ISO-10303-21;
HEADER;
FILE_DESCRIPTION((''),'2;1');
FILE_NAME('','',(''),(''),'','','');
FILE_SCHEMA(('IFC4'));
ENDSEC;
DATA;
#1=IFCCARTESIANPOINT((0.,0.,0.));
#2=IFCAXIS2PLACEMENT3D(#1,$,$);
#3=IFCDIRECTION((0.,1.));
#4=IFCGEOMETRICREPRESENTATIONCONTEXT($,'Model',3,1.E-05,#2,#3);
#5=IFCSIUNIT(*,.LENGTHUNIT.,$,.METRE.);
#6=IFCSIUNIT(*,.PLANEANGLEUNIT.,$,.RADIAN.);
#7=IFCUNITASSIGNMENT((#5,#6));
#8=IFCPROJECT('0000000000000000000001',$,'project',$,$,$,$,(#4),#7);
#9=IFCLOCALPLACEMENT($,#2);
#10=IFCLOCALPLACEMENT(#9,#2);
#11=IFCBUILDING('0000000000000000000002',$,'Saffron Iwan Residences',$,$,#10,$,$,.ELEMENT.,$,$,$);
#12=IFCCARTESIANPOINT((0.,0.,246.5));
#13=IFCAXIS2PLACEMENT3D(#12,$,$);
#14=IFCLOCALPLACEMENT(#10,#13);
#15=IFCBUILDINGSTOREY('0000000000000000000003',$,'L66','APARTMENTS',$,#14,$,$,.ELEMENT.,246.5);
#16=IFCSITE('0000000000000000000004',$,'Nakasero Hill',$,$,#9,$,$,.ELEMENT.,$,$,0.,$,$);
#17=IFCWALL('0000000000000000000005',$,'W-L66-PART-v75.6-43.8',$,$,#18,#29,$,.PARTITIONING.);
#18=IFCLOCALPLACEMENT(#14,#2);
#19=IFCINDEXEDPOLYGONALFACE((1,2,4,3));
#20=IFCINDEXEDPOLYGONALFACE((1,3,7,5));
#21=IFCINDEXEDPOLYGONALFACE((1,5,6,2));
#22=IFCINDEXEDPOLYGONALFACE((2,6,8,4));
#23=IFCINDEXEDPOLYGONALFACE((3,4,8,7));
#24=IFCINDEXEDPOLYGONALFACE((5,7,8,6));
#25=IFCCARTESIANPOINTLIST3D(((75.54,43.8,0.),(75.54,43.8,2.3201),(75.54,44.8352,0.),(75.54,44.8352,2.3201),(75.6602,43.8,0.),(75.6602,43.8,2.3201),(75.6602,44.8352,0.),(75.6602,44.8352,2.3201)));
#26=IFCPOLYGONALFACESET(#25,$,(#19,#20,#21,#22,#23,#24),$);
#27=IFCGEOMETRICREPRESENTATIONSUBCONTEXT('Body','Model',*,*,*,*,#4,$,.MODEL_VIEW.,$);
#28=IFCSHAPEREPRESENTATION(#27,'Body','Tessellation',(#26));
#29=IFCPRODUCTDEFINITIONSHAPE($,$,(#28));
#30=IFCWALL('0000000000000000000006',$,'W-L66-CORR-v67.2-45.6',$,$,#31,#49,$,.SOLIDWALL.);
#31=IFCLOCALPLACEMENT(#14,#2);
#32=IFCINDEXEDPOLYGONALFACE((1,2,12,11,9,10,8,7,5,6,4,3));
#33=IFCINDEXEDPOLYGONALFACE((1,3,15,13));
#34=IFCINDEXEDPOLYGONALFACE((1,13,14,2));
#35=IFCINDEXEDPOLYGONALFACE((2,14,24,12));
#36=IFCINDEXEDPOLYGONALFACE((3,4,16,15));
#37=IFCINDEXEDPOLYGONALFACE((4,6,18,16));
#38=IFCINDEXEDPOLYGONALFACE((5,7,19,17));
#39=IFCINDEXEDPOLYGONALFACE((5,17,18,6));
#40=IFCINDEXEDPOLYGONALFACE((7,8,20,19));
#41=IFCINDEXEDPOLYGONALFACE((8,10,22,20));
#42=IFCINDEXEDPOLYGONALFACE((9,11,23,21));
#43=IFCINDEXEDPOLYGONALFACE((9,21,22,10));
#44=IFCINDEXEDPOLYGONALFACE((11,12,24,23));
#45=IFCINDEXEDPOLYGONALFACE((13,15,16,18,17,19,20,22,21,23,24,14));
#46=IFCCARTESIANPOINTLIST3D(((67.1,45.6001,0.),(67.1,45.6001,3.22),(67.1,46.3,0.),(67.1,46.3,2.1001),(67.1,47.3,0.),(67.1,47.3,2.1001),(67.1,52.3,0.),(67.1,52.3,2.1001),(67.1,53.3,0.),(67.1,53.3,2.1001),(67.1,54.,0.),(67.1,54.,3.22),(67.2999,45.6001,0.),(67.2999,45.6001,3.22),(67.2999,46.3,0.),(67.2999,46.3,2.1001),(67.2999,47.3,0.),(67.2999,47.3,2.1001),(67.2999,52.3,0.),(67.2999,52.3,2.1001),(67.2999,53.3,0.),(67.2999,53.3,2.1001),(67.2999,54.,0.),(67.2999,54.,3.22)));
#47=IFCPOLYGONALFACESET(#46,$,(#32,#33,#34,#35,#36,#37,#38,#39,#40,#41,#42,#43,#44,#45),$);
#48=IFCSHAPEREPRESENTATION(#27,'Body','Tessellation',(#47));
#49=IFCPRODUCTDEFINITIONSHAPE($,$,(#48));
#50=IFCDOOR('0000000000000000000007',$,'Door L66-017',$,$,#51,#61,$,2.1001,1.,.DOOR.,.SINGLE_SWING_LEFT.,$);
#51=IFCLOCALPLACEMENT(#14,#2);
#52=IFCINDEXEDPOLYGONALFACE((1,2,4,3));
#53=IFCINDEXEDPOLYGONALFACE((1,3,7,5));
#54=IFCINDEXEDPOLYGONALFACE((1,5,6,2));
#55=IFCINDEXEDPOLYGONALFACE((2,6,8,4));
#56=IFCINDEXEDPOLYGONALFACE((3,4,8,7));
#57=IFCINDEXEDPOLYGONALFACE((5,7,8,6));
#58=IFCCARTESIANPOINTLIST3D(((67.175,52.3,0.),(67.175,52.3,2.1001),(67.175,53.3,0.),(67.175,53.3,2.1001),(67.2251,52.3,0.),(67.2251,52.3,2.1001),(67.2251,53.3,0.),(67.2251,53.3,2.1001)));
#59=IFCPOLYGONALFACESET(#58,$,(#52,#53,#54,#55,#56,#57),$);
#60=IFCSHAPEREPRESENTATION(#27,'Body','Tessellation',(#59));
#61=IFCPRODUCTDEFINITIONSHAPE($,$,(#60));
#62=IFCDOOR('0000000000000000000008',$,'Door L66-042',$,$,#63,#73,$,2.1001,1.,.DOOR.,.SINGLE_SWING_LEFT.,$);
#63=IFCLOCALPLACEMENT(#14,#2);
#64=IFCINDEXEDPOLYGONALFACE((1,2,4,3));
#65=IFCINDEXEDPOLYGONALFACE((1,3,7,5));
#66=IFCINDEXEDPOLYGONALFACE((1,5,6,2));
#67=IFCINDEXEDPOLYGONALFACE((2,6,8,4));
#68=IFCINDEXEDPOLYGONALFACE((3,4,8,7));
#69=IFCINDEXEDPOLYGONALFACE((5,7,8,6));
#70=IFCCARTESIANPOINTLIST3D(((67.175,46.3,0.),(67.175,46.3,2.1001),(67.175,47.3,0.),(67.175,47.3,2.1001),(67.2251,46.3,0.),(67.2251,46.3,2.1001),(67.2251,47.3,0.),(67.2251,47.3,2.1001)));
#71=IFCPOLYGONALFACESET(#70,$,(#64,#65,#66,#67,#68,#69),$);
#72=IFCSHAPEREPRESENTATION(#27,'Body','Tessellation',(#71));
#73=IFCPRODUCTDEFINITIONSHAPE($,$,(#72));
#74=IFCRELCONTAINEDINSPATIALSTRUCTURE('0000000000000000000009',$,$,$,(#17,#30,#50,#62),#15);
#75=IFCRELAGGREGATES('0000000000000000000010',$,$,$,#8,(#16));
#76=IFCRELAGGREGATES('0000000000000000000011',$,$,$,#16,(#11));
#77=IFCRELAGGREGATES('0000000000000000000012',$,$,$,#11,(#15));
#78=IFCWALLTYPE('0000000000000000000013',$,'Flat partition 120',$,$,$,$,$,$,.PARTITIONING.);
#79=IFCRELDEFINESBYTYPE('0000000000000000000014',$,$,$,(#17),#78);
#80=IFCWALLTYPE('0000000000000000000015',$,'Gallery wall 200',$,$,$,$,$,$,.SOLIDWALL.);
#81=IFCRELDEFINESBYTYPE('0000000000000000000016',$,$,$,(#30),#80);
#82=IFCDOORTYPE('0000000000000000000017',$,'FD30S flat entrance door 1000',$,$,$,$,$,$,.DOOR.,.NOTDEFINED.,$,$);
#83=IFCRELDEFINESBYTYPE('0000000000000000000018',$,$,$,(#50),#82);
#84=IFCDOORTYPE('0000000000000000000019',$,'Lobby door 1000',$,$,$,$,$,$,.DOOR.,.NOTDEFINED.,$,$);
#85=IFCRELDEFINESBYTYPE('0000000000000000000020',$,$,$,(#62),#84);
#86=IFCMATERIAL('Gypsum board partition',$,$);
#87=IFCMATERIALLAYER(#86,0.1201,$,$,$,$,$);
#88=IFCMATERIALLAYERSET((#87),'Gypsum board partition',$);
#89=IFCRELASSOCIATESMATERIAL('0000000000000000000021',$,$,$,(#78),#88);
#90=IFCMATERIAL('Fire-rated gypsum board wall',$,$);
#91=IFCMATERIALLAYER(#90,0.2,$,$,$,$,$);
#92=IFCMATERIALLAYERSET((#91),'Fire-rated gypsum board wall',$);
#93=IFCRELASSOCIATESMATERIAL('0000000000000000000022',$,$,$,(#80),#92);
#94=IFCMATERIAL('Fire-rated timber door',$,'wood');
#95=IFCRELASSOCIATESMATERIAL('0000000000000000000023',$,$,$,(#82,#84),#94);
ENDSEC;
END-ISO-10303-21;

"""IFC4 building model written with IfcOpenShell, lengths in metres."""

from ifc_helpers import new_model, si_unit, direction, frame, frame_2d, origin, place, context, subcontext, project, spatial, rectangle, extrude, material, layer, layer_set, type_object, element, fill, save


model = new_model("IFC4")

# Units and contexts
model_context = context("Model", 3, precision=1e-05, world=origin(), true_north=direction((0.0, 1.0)))
body_context = subcontext(model_context, "Body", "Model", "MODEL_VIEW")
ifc_project = project(units=[si_unit("LENGTHUNIT", "METRE"), si_unit("PLANEANGLEUNIT", "RADIAN")], contexts=[model_context])

# Site, building, storey
site_placement = place(None, origin())
site = spatial("IfcSite", under=ifc_project, at=site_placement, Name="Nakasero Hill", CompositionType="ELEMENT", RefElevation=0.0)
building_placement = place(site_placement, origin())
building = spatial("IfcBuilding", under=site, at=building_placement, Name="Saffron Iwan Residences", CompositionType="ELEMENT")
storey_placement = place(building_placement, frame((0.0, 0.0, 246.5)))
storey = spatial("IfcBuildingStorey", under=building, at=storey_placement, Name="L66", Description="APARTMENTS", CompositionType="ELEMENT", Elevation=246.5)

# Shared definitions
ifc_material_1 = material(Name="Fire-rated gypsum board wall")

# Shared definitions
ifc_material_2 = material(Name="Gypsum board partition")
ifc_layer_1 = layer(ifc_material_2, 0.1201)
ifc_layer_set_1 = layer_set([ifc_layer_1], Name="Gypsum board partition")
wall_type_1 = type_object("IfcWallType", Name="Flat partition 120", PredefinedType="PARTITIONING", material=ifc_layer_set_1)

# Wall
wall_1_placement = place(storey_placement, frame((75.6001, 43.8, 0.0), z_axis=(0.0, 0.0, 1.0), x_axis=(0.0, 1.0, 0.0)))
element("IfcWall", 1, at=wall_1_placement, inside=storey, type_object=wall_type_1, Name="W-L66-PART-v75.6-43.8", PredefinedType="PARTITIONING", context=body_context, shape_type="SweptSolid", body=[
    extrude(rectangle(XDim=1.0352, YDim=0.1201, at=frame_2d((0.5176, 0.0))), origin(), (0.0, 0.0, 1.0), 2.3201),
])

# Wall, openings, doors
ifc_layer_2 = layer(ifc_material_1, 0.2)
ifc_layer_set_2 = layer_set([ifc_layer_2], Name="Fire-rated gypsum board wall")
wall_type_2 = type_object("IfcWallType", Name="Gallery wall 200", PredefinedType="SOLIDWALL", material=ifc_layer_set_2)
wall_2_placement = place(storey_placement, frame((67.2, 45.6001, 0.0), z_axis=(0.0, 0.0, 1.0), x_axis=(0.0, 1.0, 0.0)))
wall_2 = element("IfcWall", 2, at=wall_2_placement, inside=storey, type_object=wall_type_2, Name="W-L66-CORR-v67.2-45.6", PredefinedType="SOLIDWALL", context=body_context, shape_type="SweptSolid", body=[
    extrude(rectangle(XDim=8.3999, YDim=0.2, at=frame_2d((4.2, 0.0))), origin(), (0.0, 0.0, 1.0), 3.22),
])
opening_1_placement = place(wall_2_placement, frame((6.7, 0.0, 0.0)))
opening_1 = element("IfcOpeningElement", 3, at=opening_1_placement, cuts=wall_2, PredefinedType="OPENING", context=body_context, shape_type="SweptSolid", body=[
    extrude(rectangle(XDim=1.0, YDim=2.1001, at=frame_2d((0.5, 1.05))), frame((0.0, 0.1099, 0.0), z_axis=(0.0, -1.0, 0.0), x_axis=(1.0, 0.0, 0.0)), (0.0, 0.0, 1.0), 0.22),
])
opening_2_placement = place(wall_2_placement, frame((0.7, 0.0, 0.0)))
opening_2 = element("IfcOpeningElement", 4, at=opening_2_placement, cuts=wall_2, PredefinedType="OPENING", context=body_context, shape_type="SweptSolid", body=[
    extrude(rectangle(XDim=1.0, YDim=2.1001, at=frame_2d((0.5, 1.05))), frame((0.0, 0.1099, 0.0), z_axis=(0.0, -1.0, 0.0), x_axis=(1.0, 0.0, 0.0)), (0.0, 0.0, 1.0), 0.22),
])
ifc_material_3 = material(Name="Fire-rated timber door", Category="wood")
door_type_1 = type_object("IfcDoorType", Name="FD30S flat entrance door 1000", OperationType="NOTDEFINED", PredefinedType="DOOR", material=ifc_material_3)
door_1_placement = place(opening_1_placement, origin())
door_1 = element("IfcDoor", 5, at=door_1_placement, inside=storey, type_object=door_type_1, Name="Door L66-017", OperationType="SINGLE_SWING_LEFT", OverallHeight=2.1001, OverallWidth=1.0, PredefinedType="DOOR", context=body_context, shape_type="SweptSolid", body=[
    extrude(rectangle(XDim=1.0, YDim=2.1001, at=frame_2d((0.5, 1.05))), frame((0.0, 0.0249, 0.0), z_axis=(0.0, -1.0, 0.0), x_axis=(1.0, 0.0, 0.0)), (0.0, 0.0, 1.0), 0.05),
])
fill(opening_1, door_1)
door_type_2 = type_object("IfcDoorType", Name="Lobby door 1000", OperationType="NOTDEFINED", PredefinedType="DOOR", material=ifc_material_3)
door_2_placement = place(opening_2_placement, origin())
door_2 = element("IfcDoor", 6, at=door_2_placement, inside=storey, type_object=door_type_2, Name="Door L66-042", OperationType="SINGLE_SWING_LEFT", OverallHeight=2.1001, OverallWidth=1.0, PredefinedType="DOOR", context=body_context, shape_type="SweptSolid", body=[
    extrude(rectangle(XDim=1.0, YDim=2.1001, at=frame_2d((0.5, 1.05))), frame((0.0, 0.0249, 0.0), z_axis=(0.0, -1.0, 0.0), x_axis=(1.0, 0.0, 0.0)), (0.0, 0.0, 1.0), 0.05),
])
fill(opening_2, door_2)

save(model, "model.ifc")
